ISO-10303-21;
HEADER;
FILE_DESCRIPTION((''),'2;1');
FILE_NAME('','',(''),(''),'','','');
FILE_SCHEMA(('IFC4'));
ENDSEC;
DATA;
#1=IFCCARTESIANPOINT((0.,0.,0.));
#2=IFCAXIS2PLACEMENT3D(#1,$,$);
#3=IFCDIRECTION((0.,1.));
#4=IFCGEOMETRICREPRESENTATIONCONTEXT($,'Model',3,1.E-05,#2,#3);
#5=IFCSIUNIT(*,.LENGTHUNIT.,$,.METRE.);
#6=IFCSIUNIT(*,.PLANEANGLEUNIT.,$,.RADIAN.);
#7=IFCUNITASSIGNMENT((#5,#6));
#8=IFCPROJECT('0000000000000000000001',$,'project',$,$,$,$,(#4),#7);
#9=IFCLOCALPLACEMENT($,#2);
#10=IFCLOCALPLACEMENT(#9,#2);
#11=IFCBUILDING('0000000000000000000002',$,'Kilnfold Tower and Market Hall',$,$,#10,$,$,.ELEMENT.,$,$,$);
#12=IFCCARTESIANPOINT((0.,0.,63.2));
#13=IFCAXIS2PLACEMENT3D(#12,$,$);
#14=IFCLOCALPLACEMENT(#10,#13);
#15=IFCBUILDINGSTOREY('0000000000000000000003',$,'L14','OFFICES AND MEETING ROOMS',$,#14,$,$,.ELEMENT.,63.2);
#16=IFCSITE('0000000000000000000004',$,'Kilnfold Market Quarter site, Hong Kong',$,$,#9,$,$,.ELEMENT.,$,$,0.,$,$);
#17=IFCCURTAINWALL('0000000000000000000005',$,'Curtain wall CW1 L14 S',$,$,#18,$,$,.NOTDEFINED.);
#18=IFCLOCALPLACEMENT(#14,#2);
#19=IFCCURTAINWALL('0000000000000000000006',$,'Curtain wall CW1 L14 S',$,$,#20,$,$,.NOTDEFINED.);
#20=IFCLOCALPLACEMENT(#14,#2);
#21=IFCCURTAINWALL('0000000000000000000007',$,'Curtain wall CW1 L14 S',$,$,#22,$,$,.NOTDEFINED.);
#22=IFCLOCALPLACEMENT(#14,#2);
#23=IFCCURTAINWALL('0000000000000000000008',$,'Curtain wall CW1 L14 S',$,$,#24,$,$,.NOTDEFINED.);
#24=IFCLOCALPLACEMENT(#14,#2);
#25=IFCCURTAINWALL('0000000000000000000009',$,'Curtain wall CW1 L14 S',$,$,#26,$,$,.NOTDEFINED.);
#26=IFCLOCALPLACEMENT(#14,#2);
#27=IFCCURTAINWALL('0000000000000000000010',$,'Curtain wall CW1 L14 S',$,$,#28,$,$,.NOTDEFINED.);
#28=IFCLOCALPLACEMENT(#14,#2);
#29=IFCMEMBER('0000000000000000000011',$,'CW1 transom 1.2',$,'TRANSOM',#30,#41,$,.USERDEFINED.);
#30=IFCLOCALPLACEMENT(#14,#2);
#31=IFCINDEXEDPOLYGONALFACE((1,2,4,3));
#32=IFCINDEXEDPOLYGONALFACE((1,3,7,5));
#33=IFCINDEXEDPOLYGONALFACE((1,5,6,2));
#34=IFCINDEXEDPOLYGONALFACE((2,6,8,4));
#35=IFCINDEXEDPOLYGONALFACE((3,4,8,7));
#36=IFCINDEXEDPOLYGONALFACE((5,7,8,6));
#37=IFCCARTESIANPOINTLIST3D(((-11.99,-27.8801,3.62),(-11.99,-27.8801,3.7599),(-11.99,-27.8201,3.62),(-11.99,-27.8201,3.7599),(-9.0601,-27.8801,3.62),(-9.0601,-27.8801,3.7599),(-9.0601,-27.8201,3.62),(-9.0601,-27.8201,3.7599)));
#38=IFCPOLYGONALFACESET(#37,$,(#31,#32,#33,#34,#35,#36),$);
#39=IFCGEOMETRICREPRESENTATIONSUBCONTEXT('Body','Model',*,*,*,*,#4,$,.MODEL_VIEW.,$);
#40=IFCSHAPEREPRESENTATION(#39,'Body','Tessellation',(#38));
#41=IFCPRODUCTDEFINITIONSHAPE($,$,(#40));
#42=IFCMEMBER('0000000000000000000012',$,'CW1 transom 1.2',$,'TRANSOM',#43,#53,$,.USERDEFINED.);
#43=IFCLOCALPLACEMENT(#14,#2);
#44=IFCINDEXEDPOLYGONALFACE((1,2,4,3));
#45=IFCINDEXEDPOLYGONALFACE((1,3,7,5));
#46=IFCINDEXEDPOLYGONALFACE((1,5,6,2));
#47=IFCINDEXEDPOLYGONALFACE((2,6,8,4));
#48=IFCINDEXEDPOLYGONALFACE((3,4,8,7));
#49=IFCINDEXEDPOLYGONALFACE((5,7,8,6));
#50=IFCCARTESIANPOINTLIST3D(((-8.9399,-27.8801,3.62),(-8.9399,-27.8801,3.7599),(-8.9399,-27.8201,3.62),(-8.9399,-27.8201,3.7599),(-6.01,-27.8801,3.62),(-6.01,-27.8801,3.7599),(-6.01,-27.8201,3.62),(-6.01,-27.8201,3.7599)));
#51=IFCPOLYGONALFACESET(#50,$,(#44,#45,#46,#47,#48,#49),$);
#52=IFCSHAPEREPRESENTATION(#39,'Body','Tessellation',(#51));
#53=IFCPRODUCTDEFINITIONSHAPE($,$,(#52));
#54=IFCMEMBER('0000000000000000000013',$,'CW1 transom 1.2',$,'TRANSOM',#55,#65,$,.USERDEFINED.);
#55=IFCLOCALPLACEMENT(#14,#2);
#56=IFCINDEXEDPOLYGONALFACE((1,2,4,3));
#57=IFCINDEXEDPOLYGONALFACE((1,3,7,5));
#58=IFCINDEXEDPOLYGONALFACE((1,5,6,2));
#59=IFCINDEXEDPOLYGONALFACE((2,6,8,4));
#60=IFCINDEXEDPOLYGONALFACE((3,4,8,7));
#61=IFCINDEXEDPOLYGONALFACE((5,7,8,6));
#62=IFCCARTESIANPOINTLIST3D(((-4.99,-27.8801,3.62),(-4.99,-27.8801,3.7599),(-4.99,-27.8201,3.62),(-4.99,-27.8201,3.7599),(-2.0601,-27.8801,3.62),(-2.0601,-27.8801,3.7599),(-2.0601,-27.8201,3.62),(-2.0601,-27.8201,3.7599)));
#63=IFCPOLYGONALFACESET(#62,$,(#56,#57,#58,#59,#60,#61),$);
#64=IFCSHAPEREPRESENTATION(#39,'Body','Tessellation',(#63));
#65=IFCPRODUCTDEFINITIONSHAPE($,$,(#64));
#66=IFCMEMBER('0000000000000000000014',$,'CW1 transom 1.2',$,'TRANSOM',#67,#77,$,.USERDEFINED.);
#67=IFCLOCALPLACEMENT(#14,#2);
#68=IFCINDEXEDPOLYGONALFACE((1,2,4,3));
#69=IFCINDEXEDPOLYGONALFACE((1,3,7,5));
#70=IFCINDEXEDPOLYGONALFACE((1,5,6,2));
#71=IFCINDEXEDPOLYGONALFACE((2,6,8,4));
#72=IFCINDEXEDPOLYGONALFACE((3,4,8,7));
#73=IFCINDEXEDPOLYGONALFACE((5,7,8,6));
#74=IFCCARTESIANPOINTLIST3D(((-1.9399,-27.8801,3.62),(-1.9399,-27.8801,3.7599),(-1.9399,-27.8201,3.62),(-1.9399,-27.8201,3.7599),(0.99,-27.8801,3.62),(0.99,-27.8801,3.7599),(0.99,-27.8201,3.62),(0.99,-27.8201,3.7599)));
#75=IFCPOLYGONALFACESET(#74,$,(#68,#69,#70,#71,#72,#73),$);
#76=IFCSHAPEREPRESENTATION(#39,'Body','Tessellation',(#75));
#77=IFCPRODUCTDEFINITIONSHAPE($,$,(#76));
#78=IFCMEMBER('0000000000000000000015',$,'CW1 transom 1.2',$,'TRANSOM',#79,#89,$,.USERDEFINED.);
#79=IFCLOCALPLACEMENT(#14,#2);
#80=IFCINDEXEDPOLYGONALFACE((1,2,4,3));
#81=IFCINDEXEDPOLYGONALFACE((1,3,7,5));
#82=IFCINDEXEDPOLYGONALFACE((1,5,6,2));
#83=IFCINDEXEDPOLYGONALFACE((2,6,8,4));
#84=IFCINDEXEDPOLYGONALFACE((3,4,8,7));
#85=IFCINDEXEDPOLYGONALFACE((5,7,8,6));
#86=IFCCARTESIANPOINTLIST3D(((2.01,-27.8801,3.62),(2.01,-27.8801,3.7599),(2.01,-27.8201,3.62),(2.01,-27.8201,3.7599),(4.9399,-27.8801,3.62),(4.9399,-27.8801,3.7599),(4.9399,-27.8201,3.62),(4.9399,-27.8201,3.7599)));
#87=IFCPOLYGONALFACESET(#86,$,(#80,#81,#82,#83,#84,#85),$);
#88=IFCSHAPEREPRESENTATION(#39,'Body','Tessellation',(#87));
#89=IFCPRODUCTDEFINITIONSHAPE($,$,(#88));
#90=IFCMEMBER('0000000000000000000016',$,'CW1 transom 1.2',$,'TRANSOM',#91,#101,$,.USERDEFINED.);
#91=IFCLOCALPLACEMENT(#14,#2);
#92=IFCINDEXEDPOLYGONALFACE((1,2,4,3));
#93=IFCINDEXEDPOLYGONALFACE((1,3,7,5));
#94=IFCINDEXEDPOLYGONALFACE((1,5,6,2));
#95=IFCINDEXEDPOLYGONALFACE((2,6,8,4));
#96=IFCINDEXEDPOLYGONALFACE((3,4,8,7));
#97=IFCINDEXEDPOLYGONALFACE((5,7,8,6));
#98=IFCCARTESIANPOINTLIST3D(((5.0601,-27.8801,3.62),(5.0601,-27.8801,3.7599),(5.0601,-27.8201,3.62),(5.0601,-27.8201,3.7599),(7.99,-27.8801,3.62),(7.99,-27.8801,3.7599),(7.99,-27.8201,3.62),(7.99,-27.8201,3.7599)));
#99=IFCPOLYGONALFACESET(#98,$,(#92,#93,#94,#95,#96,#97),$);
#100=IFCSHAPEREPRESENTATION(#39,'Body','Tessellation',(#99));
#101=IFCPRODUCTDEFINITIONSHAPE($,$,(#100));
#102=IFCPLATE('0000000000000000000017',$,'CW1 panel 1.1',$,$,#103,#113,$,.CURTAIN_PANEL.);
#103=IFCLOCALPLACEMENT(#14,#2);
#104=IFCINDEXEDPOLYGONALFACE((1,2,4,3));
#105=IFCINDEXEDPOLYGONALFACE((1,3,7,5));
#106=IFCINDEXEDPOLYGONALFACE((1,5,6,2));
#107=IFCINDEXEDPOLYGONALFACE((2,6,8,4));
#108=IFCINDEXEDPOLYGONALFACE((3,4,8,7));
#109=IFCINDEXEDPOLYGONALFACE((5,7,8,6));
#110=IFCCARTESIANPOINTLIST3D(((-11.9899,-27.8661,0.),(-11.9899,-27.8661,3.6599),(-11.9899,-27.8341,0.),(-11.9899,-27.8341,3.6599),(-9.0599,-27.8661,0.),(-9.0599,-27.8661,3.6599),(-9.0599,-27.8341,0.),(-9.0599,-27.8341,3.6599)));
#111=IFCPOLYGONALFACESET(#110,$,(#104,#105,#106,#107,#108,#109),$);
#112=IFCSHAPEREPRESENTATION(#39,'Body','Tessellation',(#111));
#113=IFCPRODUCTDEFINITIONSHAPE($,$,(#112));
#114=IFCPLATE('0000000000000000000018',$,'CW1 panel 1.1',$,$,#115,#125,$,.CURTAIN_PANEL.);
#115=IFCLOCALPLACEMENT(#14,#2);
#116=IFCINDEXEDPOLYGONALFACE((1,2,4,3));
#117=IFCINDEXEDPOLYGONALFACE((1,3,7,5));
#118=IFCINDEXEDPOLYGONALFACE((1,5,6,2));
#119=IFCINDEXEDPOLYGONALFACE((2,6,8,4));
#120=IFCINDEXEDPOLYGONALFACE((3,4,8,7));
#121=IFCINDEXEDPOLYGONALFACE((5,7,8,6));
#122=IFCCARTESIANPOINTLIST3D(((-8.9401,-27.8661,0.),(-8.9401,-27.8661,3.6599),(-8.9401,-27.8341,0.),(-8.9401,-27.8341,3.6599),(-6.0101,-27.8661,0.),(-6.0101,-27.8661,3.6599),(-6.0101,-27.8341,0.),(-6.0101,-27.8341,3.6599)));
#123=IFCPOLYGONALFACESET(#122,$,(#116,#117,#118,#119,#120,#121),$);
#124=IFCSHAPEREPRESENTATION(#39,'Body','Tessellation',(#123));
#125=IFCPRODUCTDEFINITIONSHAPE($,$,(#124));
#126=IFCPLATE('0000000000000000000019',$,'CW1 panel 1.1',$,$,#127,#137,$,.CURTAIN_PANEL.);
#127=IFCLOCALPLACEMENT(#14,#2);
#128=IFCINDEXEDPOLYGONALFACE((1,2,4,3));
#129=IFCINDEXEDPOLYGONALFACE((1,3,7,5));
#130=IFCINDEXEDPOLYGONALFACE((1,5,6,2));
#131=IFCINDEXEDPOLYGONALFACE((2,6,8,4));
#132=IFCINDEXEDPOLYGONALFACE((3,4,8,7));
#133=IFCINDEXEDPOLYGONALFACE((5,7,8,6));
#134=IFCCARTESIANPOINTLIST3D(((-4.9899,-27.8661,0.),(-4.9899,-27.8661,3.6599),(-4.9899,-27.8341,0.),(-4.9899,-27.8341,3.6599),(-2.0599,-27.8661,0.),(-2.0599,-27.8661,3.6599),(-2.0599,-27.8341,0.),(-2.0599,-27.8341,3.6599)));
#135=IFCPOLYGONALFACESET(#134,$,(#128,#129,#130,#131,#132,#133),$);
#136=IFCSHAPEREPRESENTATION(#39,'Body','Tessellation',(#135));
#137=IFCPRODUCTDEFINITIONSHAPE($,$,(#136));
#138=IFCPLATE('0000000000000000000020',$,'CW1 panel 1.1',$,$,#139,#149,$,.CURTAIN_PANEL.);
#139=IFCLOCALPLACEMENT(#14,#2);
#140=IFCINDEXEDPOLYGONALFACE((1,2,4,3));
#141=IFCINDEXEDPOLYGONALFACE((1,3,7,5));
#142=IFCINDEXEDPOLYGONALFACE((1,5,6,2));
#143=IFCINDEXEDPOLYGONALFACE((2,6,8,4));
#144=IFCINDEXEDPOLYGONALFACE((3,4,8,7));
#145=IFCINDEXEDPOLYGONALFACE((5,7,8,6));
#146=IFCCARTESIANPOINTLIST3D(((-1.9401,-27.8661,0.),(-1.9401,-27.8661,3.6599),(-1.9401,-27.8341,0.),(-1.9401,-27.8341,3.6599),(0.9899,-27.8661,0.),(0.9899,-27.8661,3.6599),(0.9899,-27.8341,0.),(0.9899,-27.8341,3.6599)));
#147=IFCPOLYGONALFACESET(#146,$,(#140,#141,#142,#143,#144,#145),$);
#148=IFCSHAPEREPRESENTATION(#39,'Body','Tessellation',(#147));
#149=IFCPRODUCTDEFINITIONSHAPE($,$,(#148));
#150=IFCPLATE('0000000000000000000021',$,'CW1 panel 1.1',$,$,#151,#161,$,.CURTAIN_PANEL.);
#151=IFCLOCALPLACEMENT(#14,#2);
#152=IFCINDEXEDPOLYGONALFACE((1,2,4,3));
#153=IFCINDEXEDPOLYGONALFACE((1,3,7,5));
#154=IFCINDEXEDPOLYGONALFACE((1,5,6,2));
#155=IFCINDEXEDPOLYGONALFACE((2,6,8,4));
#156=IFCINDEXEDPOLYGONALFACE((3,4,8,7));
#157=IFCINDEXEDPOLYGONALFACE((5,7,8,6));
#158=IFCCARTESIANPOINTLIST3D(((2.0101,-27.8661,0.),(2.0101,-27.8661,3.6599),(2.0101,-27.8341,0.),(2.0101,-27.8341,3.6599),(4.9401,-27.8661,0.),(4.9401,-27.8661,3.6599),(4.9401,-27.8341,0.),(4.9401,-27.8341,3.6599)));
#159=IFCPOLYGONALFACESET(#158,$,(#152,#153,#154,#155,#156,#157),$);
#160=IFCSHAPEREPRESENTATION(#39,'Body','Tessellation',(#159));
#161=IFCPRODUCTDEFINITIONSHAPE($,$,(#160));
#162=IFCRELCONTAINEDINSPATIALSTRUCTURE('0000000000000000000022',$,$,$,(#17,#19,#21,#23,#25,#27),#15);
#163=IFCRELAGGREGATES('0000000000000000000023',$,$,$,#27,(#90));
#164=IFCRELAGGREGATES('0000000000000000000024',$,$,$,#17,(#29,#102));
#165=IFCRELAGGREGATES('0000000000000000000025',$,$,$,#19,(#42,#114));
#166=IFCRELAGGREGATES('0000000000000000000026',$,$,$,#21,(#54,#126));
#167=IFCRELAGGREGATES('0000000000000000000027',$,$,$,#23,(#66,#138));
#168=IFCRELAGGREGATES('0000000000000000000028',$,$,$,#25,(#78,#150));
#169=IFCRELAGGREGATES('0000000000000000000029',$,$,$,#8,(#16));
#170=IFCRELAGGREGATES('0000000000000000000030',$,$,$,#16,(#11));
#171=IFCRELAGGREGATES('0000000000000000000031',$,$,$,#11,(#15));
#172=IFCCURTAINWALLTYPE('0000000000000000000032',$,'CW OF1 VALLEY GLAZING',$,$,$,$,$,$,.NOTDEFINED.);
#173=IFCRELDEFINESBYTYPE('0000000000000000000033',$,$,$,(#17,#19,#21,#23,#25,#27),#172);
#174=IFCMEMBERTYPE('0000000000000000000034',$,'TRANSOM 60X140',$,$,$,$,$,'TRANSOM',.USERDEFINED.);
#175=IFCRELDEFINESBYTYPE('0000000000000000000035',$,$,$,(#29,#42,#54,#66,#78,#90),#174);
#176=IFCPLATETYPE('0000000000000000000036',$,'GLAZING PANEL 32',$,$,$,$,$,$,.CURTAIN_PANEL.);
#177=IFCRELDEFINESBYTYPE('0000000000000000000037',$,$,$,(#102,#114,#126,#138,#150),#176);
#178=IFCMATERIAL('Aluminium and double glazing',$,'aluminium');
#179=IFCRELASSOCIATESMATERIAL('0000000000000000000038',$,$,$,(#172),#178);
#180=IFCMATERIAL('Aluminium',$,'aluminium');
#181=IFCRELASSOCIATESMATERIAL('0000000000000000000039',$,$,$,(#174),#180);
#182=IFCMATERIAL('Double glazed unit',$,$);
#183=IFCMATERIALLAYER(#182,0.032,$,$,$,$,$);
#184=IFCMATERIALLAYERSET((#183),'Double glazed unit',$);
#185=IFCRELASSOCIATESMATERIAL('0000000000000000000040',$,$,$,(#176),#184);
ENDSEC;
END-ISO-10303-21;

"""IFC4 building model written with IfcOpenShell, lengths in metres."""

from ifc_helpers import new_model, si_unit, direction, frame, origin, origin_2d, place, context, subcontext, project, spatial, rectangle, extrude, source, transform, mapped, material, layer, layer_set, material_profile, profile_set, type_object, element, aggregate, save


model = new_model("IFC4")

# Units and contexts
model_context = context("Model", 3, precision=1e-05, world=origin(), true_north=direction((0.0, 1.0)))
body_context = subcontext(model_context, "Body", "Model", "MODEL_VIEW")
ifc_project = project(units=[si_unit("LENGTHUNIT", "METRE"), si_unit("PLANEANGLEUNIT", "RADIAN")], contexts=[model_context])

# Site, building, storey
site_placement = place(None, origin())
site = spatial("IfcSite", under=ifc_project, at=site_placement, Name="Kilnfold Market Quarter site, Hong Kong", CompositionType="ELEMENT", RefElevation=0.0)
building_placement = place(site_placement, origin())
building = spatial("IfcBuilding", under=site, at=building_placement, Name="Kilnfold Tower and Market Hall", CompositionType="ELEMENT")
storey_placement = place(building_placement, frame((0.0, 0.0, 63.2)))
storey = spatial("IfcBuildingStorey", under=building, at=storey_placement, Name="L14", Description="OFFICES AND MEETING ROOMS", CompositionType="ELEMENT", Elevation=63.2)

# Curtain walls
ifc_material_1 = material(Name="Aluminium and double glazing", Category="aluminium")
curtain_wall_type = type_object("IfcCurtainWallType", Name="CW OF1 VALLEY GLAZING", PredefinedType="NOTDEFINED", material=ifc_material_1)
curtain_wall_1_placement = place(storey_placement, origin())
curtain_wall_1 = element("IfcCurtainWall", 1, at=curtain_wall_1_placement, inside=storey, type_object=curtain_wall_type, Name="Curtain wall CW1 L14 S", PredefinedType="NOTDEFINED")
curtain_wall_2_placement = place(storey_placement, origin())
curtain_wall_2 = element("IfcCurtainWall", 2, at=curtain_wall_2_placement, inside=storey, type_object=curtain_wall_type, Name="Curtain wall CW1 L14 S", PredefinedType="NOTDEFINED")
curtain_wall_3_placement = place(storey_placement, origin())
curtain_wall_3 = element("IfcCurtainWall", 3, at=curtain_wall_3_placement, inside=storey, type_object=curtain_wall_type, Name="Curtain wall CW1 L14 S", PredefinedType="NOTDEFINED")
curtain_wall_4_placement = place(storey_placement, origin())
curtain_wall_4 = element("IfcCurtainWall", 4, at=curtain_wall_4_placement, inside=storey, type_object=curtain_wall_type, Name="Curtain wall CW1 L14 S", PredefinedType="NOTDEFINED")
curtain_wall_5_placement = place(storey_placement, origin())
curtain_wall_5 = element("IfcCurtainWall", 5, at=curtain_wall_5_placement, inside=storey, type_object=curtain_wall_type, Name="Curtain wall CW1 L14 S", PredefinedType="NOTDEFINED")

# Curtain wall
curtain_wall_6_placement = place(storey_placement, origin())
curtain_wall_6 = element("IfcCurtainWall", 6, at=curtain_wall_6_placement, inside=storey, type_object=curtain_wall_type, Name="Curtain wall CW1 L14 S", PredefinedType="NOTDEFINED")

# Members
ifc_material_2 = material(Name="Aluminium", Category="aluminium")
ifc_material_profile_1 = material_profile(ifc_material_2, rectangle(XDim=0.0601, YDim=0.1399, at=origin_2d()), Name="TRANSOM 60x140")
ifc_profile_set_1 = profile_set([ifc_material_profile_1], Name="Aluminium")
member_type_1 = type_object("IfcMemberType", Name="TRANSOM 60X140", ElementType="TRANSOM", PredefinedType="USERDEFINED", material=ifc_profile_set_1)
shared_shape_1 = source(origin(), body_context, "Body", "SweptSolid", [
    extrude(rectangle(XDim=0.0601, YDim=0.1399, at=origin_2d()), origin(), (0.0, 0.0, 1.0), 2.9299),
])
member_1_placement = place(storey_placement, frame((-11.99, -27.8501, 3.6899), z_axis=(1.0, 0.0, 0.0), x_axis=(0.0, 1.0, 0.0)))
member_1 = element("IfcMember", 7, at=member_1_placement, type_object=member_type_1, Name="CW1 transom 1.2", ObjectType="TRANSOM", PredefinedType="USERDEFINED", context=body_context, shape_type="MappedRepresentation", body=[
    mapped(shared_shape_1, transform((0.0, 0.0, 0.0))),
])
member_2_placement = place(storey_placement, frame((-8.9399, -27.8501, 3.6899), z_axis=(1.0, 0.0, 0.0), x_axis=(0.0, 1.0, 0.0)))
member_2 = element("IfcMember", 8, at=member_2_placement, type_object=member_type_1, Name="CW1 transom 1.2", ObjectType="TRANSOM", PredefinedType="USERDEFINED", context=body_context, shape_type="MappedRepresentation", body=[
    mapped(shared_shape_1, transform((0.0, 0.0, 0.0))),
])
member_3_placement = place(storey_placement, frame((-4.99, -27.8501, 3.6899), z_axis=(1.0, 0.0, 0.0), x_axis=(0.0, 1.0, 0.0)))
member_3 = element("IfcMember", 9, at=member_3_placement, type_object=member_type_1, Name="CW1 transom 1.2", ObjectType="TRANSOM", PredefinedType="USERDEFINED", context=body_context, shape_type="MappedRepresentation", body=[
    mapped(shared_shape_1, transform((0.0, 0.0, 0.0))),
])
member_4_placement = place(storey_placement, frame((-1.9399, -27.8501, 3.6899), z_axis=(1.0, 0.0, 0.0), x_axis=(0.0, 1.0, 0.0)))
member_4 = element("IfcMember", 10, at=member_4_placement, type_object=member_type_1, Name="CW1 transom 1.2", ObjectType="TRANSOM", PredefinedType="USERDEFINED", context=body_context, shape_type="MappedRepresentation", body=[
    mapped(shared_shape_1, transform((0.0, 0.0, 0.0))),
])
member_5_placement = place(storey_placement, frame((2.01, -27.8501, 3.6899), z_axis=(1.0, 0.0, 0.0), x_axis=(0.0, 1.0, 0.0)))
member_5 = element("IfcMember", 11, at=member_5_placement, type_object=member_type_1, Name="CW1 transom 1.2", ObjectType="TRANSOM", PredefinedType="USERDEFINED", context=body_context, shape_type="MappedRepresentation", body=[
    mapped(shared_shape_1, transform((0.0, 0.0, 0.0))),
])
member_6_placement = place(storey_placement, frame((5.0601, -27.8501, 3.6899), z_axis=(1.0, 0.0, 0.0), x_axis=(0.0, 1.0, 0.0)))
member_6 = element("IfcMember", 12, at=member_6_placement, type_object=member_type_1, Name="CW1 transom 1.2", ObjectType="TRANSOM", PredefinedType="USERDEFINED", context=body_context, shape_type="MappedRepresentation", body=[
    mapped(shared_shape_1, transform((0.0, 0.0, 0.0))),
])
aggregate(curtain_wall_6, [member_6])

# Plates
ifc_material_3 = material(Name="Double glazed unit")
ifc_layer = layer(ifc_material_3, 0.032)
ifc_layer_set = layer_set([ifc_layer], Name="Double glazed unit")
plate_type = type_object("IfcPlateType", Name="GLAZING PANEL 32", PredefinedType="CURTAIN_PANEL", material=ifc_layer_set)
shared_shape_2 = source(origin(), body_context, "Body", "SweptSolid", [
    extrude(rectangle(XDim=2.9299, YDim=0.032, at=origin_2d()), origin(), (0.0, 0.0, 1.0), 3.6599),
])
plate_1_placement = place(storey_placement, frame((-10.5249, -27.8501, 0.0), z_axis=(0.0, 0.0, 1.0), x_axis=(1.0, 0.0, 0.0)))
plate_1 = element("IfcPlate", 13, at=plate_1_placement, type_object=plate_type, Name="CW1 panel 1.1", PredefinedType="CURTAIN_PANEL", context=body_context, shape_type="MappedRepresentation", body=[
    mapped(shared_shape_2, transform((0.0, 0.0, 0.0))),
])
aggregate(curtain_wall_1, [member_1, plate_1])
plate_2_placement = place(storey_placement, frame((-7.4751, -27.8501, 0.0), z_axis=(0.0, 0.0, 1.0), x_axis=(1.0, 0.0, 0.0)))
plate_2 = element("IfcPlate", 14, at=plate_2_placement, type_object=plate_type, Name="CW1 panel 1.1", PredefinedType="CURTAIN_PANEL", context=body_context, shape_type="MappedRepresentation", body=[
    mapped(shared_shape_2, transform((0.0, 0.0, 0.0))),
])
aggregate(curtain_wall_2, [member_2, plate_2])
plate_3_placement = place(storey_placement, frame((-3.5249, -27.8501, 0.0), z_axis=(0.0, 0.0, 1.0), x_axis=(1.0, 0.0, 0.0)))
plate_3 = element("IfcPlate", 15, at=plate_3_placement, type_object=plate_type, Name="CW1 panel 1.1", PredefinedType="CURTAIN_PANEL", context=body_context, shape_type="MappedRepresentation", body=[
    mapped(shared_shape_2, transform((0.0, 0.0, 0.0))),
])
aggregate(curtain_wall_3, [member_3, plate_3])
plate_4_placement = place(storey_placement, frame((-0.4751, -27.8501, 0.0), z_axis=(0.0, 0.0, 1.0), x_axis=(1.0, 0.0, 0.0)))
plate_4 = element("IfcPlate", 16, at=plate_4_placement, type_object=plate_type, Name="CW1 panel 1.1", PredefinedType="CURTAIN_PANEL", context=body_context, shape_type="MappedRepresentation", body=[
    mapped(shared_shape_2, transform((0.0, 0.0, 0.0))),
])
aggregate(curtain_wall_4, [member_4, plate_4])
plate_5_placement = place(storey_placement, frame((3.4751, -27.8501, 0.0), z_axis=(0.0, 0.0, 1.0), x_axis=(1.0, 0.0, 0.0)))
plate_5 = element("IfcPlate", 17, at=plate_5_placement, type_object=plate_type, Name="CW1 panel 1.1", PredefinedType="CURTAIN_PANEL", context=body_context, shape_type="MappedRepresentation", body=[
    mapped(shared_shape_2, transform((0.0, 0.0, 0.0))),
])
aggregate(curtain_wall_5, [member_5, plate_5])

save(model, "model.ifc")
